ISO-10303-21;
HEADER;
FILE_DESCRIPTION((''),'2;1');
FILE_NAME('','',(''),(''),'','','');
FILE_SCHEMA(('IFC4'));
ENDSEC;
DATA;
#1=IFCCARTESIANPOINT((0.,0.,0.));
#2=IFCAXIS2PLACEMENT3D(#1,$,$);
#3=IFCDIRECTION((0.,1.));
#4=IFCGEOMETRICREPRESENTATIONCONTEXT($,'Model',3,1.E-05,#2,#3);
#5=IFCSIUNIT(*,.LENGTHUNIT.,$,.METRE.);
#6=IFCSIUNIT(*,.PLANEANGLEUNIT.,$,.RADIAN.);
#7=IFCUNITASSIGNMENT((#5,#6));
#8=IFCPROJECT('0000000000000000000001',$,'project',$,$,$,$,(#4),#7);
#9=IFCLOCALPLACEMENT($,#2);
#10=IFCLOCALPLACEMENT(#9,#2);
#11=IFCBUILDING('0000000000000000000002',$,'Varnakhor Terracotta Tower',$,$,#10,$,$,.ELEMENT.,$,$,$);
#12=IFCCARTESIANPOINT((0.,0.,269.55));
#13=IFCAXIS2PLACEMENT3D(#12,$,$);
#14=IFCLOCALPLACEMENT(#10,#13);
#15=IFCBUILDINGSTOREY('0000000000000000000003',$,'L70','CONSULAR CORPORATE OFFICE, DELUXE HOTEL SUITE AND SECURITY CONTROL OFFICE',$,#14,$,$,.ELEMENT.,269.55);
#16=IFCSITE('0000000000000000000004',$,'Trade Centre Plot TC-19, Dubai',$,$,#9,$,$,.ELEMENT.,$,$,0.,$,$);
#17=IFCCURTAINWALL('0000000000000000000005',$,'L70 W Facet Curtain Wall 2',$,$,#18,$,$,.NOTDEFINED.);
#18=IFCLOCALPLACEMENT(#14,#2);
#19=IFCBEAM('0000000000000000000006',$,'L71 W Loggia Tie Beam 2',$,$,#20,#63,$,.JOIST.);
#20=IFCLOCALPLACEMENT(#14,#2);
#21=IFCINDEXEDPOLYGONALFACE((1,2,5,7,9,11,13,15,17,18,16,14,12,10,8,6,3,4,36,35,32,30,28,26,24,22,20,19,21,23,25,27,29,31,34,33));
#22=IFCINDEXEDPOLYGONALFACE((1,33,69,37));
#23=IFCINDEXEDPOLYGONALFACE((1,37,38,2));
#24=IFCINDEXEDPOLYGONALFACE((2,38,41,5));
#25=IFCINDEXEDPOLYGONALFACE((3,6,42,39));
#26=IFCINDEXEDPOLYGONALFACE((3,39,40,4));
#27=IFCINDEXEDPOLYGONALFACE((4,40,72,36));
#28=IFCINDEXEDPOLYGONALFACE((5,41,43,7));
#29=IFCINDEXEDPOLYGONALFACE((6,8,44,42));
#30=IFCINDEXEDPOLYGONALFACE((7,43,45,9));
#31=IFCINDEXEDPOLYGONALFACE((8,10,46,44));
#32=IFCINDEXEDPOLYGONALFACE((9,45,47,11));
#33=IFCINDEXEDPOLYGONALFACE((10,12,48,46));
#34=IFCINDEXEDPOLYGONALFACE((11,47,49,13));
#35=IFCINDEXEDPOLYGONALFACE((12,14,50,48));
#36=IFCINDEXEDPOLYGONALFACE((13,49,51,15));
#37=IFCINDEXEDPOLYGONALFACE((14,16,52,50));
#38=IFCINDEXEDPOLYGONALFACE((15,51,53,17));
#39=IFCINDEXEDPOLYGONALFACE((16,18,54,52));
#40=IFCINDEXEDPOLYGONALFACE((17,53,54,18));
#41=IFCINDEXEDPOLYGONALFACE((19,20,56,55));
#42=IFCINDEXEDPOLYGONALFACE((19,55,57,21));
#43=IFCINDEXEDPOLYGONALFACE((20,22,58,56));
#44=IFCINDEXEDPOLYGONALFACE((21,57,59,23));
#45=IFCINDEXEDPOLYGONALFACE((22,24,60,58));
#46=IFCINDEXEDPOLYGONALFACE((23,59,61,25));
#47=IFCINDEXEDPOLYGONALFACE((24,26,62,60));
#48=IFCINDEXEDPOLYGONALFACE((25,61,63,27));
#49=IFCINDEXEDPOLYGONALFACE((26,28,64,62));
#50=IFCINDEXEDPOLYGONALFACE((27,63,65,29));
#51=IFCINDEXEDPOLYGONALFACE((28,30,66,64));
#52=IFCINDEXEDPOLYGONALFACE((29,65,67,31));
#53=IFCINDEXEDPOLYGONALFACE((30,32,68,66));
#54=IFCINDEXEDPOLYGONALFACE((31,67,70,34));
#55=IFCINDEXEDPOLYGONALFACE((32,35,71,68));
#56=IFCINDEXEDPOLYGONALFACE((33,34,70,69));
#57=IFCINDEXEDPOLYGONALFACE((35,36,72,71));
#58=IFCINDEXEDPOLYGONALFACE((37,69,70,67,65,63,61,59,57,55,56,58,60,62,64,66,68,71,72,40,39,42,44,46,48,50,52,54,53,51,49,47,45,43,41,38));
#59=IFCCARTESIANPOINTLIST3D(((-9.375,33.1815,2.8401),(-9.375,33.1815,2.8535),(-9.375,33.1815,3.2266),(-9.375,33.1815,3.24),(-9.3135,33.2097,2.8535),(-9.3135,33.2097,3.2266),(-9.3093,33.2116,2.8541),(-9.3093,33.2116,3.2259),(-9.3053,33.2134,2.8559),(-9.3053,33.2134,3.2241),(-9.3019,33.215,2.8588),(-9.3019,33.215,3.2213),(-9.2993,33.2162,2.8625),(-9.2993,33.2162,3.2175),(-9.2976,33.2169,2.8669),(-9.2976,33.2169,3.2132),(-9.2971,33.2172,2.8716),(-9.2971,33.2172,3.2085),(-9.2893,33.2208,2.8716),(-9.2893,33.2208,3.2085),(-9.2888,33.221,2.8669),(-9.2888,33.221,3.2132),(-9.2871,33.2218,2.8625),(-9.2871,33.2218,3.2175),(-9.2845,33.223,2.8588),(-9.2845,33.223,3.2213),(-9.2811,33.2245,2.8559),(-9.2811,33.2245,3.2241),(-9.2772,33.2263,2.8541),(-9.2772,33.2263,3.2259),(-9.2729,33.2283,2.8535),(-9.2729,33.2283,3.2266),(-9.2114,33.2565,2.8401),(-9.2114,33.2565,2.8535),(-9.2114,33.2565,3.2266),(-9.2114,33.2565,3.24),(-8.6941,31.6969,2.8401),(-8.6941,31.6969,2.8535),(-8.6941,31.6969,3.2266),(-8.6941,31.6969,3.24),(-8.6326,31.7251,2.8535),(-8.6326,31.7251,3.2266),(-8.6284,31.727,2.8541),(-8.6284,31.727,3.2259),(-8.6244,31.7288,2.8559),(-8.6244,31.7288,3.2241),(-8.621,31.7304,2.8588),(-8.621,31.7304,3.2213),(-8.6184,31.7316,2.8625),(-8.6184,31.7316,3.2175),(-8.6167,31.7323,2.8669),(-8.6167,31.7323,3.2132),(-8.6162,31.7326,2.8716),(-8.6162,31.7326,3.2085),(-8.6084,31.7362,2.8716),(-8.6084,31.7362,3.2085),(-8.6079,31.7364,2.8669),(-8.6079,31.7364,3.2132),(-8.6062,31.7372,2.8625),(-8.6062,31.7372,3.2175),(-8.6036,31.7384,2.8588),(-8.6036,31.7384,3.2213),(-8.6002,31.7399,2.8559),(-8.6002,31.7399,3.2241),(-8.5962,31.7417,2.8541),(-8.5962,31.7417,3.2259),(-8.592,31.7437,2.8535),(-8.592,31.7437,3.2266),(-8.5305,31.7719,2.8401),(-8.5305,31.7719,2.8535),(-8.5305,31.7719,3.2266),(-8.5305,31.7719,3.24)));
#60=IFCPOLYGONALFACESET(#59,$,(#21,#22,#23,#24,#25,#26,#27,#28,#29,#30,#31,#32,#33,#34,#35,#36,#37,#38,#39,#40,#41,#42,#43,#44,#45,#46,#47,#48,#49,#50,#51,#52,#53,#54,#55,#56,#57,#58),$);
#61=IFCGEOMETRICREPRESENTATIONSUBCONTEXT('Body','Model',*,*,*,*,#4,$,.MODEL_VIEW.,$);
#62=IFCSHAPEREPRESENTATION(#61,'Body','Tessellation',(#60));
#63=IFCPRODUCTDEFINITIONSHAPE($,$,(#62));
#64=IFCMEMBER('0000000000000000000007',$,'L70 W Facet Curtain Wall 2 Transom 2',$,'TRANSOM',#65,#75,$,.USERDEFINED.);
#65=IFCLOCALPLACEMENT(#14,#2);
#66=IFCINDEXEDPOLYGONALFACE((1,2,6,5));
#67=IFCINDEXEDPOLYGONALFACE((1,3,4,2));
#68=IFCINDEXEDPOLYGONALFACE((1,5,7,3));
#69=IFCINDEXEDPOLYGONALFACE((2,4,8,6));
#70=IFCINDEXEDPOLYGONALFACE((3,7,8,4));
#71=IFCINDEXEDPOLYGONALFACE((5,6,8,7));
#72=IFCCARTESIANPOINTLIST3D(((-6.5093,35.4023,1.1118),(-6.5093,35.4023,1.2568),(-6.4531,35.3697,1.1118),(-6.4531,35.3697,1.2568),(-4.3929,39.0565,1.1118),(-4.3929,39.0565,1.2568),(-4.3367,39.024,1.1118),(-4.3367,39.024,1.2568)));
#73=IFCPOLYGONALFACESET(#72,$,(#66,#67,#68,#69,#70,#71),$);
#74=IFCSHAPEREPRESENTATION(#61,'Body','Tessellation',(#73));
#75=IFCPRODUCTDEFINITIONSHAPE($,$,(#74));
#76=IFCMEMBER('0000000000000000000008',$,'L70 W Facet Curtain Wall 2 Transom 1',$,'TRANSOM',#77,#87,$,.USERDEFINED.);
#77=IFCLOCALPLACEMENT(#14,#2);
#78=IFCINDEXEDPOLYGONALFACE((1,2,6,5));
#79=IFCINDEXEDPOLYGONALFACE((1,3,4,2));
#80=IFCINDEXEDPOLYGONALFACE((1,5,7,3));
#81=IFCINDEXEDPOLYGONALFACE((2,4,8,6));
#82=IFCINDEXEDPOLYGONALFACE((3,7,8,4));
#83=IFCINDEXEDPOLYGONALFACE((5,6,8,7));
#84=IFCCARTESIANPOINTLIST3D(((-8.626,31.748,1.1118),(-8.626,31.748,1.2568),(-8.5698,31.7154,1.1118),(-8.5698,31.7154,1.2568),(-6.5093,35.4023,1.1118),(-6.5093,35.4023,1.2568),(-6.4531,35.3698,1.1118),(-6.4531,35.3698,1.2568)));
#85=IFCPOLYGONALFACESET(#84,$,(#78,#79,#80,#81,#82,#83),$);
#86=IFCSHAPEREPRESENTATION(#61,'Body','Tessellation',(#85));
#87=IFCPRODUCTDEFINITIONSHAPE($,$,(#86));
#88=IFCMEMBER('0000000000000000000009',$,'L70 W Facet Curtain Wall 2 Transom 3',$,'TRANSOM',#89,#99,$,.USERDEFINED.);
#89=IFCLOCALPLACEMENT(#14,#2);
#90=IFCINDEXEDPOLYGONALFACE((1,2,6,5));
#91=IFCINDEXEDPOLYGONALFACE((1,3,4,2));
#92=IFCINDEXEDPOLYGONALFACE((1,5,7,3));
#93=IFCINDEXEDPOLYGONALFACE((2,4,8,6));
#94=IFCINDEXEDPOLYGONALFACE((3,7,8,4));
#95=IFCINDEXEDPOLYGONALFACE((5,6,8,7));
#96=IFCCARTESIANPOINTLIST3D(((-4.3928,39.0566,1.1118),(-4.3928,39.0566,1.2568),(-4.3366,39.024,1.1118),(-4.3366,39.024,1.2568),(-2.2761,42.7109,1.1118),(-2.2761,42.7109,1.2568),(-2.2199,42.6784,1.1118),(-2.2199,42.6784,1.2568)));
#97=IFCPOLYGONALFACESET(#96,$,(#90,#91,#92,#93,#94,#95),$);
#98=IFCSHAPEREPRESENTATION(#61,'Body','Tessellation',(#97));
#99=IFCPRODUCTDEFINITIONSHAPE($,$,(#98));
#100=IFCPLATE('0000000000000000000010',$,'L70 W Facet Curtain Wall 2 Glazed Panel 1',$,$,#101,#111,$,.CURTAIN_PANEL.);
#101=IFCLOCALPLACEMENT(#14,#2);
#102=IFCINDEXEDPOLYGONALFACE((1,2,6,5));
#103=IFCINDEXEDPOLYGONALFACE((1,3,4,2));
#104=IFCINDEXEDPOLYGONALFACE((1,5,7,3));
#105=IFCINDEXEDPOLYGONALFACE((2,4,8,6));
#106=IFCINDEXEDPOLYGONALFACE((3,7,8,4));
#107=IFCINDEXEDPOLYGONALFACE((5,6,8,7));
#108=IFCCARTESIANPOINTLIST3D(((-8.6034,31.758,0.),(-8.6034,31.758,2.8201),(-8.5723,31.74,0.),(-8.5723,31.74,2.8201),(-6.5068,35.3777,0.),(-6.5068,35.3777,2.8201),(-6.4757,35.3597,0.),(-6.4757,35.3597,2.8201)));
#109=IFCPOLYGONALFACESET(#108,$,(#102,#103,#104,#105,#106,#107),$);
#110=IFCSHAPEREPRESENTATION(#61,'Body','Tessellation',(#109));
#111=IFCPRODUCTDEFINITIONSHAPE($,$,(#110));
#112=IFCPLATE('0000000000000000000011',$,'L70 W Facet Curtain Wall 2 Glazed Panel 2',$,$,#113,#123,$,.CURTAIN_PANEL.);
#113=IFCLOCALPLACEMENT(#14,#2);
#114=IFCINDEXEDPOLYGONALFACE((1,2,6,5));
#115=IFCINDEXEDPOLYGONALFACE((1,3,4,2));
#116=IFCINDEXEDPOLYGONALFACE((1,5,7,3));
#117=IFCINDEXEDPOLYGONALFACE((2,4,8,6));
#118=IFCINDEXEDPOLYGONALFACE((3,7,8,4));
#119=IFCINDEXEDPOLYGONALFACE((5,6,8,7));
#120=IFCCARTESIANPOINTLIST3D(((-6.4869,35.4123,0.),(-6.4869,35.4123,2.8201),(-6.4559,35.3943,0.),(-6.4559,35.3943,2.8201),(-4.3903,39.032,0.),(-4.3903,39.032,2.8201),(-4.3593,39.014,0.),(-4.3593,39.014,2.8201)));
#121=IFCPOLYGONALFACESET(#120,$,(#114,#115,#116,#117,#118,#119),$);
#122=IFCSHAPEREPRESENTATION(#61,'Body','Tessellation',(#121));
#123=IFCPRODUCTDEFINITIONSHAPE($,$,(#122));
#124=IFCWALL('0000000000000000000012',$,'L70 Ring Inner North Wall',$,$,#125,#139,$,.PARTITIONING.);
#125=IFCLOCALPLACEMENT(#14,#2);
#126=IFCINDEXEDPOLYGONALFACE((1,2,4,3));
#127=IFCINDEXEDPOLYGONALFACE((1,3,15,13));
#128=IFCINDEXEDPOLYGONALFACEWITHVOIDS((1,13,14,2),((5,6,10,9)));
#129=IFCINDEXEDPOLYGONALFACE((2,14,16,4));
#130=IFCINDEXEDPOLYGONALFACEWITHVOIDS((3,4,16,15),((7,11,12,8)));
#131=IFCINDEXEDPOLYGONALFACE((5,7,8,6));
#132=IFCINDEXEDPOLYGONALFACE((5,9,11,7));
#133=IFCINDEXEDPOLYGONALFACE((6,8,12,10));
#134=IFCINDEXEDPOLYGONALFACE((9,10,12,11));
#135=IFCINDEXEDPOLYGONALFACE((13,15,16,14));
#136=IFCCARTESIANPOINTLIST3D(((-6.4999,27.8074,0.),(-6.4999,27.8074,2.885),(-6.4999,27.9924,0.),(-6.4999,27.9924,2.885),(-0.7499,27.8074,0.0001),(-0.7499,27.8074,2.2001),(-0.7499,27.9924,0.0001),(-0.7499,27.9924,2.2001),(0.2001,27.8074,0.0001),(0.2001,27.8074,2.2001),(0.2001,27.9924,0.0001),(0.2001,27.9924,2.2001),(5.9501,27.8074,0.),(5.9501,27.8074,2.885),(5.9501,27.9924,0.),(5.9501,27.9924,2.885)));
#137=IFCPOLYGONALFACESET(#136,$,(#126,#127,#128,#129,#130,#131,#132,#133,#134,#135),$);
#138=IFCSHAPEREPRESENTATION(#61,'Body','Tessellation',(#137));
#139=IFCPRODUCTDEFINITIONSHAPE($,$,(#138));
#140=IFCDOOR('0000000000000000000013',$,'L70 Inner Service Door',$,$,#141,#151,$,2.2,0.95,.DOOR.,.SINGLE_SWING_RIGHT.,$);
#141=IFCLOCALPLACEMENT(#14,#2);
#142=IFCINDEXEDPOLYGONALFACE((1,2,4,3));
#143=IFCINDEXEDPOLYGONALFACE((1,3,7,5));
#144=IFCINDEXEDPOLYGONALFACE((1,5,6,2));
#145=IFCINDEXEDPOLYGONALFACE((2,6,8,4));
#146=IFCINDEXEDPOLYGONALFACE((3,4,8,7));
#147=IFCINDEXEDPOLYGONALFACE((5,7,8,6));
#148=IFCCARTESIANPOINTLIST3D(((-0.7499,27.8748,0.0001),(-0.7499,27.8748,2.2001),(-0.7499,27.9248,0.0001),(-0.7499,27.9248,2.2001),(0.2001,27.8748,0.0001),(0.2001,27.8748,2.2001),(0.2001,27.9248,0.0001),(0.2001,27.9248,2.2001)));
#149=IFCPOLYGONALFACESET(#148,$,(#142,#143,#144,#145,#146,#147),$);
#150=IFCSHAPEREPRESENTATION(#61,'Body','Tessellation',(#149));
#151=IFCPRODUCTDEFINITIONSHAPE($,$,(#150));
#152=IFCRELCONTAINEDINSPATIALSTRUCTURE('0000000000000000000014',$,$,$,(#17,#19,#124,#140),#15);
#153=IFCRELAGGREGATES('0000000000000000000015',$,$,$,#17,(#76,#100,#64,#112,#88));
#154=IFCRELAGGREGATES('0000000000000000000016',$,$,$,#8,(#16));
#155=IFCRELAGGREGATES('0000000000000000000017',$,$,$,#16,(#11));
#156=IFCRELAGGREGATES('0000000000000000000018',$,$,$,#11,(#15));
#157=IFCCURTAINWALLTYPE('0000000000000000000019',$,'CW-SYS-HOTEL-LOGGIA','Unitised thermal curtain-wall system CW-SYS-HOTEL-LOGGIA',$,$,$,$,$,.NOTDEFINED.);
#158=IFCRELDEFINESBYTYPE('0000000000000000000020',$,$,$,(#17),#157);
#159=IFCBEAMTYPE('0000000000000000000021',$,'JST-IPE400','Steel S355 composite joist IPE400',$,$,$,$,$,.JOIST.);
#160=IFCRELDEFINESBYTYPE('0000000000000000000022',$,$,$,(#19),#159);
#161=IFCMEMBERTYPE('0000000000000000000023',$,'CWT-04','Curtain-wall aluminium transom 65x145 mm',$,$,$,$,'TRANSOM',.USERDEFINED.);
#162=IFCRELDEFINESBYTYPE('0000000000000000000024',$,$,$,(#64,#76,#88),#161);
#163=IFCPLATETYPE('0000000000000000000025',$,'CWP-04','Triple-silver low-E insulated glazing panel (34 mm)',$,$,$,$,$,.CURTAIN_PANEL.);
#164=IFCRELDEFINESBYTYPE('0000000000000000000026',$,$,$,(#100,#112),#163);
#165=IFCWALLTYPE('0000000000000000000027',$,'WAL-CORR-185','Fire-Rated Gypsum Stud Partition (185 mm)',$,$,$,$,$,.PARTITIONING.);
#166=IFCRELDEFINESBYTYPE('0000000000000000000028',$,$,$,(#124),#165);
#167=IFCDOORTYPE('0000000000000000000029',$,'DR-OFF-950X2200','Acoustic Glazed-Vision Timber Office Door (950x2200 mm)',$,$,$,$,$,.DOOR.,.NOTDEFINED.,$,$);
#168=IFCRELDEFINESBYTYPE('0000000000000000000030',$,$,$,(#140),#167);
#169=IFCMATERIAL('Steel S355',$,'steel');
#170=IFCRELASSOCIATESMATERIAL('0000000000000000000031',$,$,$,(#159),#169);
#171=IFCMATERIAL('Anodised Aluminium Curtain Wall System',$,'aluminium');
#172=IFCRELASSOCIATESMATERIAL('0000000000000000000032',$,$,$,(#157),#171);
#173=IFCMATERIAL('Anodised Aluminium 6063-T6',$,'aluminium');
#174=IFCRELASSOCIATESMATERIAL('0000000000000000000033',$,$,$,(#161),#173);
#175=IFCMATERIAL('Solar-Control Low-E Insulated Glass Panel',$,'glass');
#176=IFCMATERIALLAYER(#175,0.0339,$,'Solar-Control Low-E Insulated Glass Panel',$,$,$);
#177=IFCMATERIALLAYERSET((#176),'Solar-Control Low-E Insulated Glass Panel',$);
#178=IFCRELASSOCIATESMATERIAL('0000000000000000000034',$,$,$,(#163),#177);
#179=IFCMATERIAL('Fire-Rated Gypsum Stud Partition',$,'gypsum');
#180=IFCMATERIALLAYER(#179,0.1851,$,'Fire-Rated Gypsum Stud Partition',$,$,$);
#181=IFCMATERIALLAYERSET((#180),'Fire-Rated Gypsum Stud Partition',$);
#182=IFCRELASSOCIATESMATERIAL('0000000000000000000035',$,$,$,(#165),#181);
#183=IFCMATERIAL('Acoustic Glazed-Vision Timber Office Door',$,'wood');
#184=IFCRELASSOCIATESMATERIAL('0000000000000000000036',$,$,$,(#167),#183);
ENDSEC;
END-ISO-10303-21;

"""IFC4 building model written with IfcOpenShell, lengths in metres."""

from ifc_helpers import new_model, si_unit, direction, frame, frame_2d, origin, origin_2d, place, context, subcontext, project, spatial, rectangle, i_section, extrude, source, transform, mapped, material, layer, layer_set, material_profile, profile_set, type_object, type_shapes, element, fill, aggregate, save


model = new_model("IFC4")

# Units and contexts
model_context = context("Model", 3, precision=1e-05, world=origin(), true_north=direction((0.0, 1.0)))
body_context = subcontext(model_context, "Body", "Model", "MODEL_VIEW")
ifc_project = project(units=[si_unit("LENGTHUNIT", "METRE"), si_unit("PLANEANGLEUNIT", "RADIAN")], contexts=[model_context])

# Site, building, storey
site_placement = place(None, origin())
site = spatial("IfcSite", under=ifc_project, at=site_placement, Name="Trade Centre Plot TC-19, Dubai", CompositionType="ELEMENT", RefElevation=0.0)
building_placement = place(site_placement, origin())
building = spatial("IfcBuilding", under=site, at=building_placement, Name="Varnakhor Terracotta Tower", CompositionType="ELEMENT")
storey_placement = place(building_placement, frame((0.0, 0.0, 269.55)))
storey = spatial("IfcBuildingStorey", under=building, at=storey_placement, Name="L70", Description="CONSULAR CORPORATE OFFICE, DELUXE HOTEL SUITE AND SECURITY CONTROL OFFICE", CompositionType="ELEMENT", Elevation=269.55)

# Shared definitions
ifc_material_1 = material(Name="Steel S355", Category="steel")
ifc_material_profile_1 = material_profile(ifc_material_1, i_section(OverallWidth=0.1799, OverallDepth=0.3999, WebThickness=0.0085, FlangeThickness=0.0134, FilletRadius=0.0181, at=origin_2d()), Name="IPE400")
ifc_profile_set_1 = profile_set([ifc_material_profile_1], Name="Steel S355")
beam_type_1 = type_object("IfcBeamType", Name="JST-IPE400", Description="Steel S355 composite joist IPE400", PredefinedType="JOIST", material=ifc_profile_set_1)

# Curtain wall
ifc_material_2 = material(Name="Anodised Aluminium Curtain Wall System", Category="aluminium")
curtain_wall_type = type_object("IfcCurtainWallType", Name="CW-SYS-HOTEL-LOGGIA", Description="Unitised thermal curtain-wall system CW-SYS-HOTEL-LOGGIA", PredefinedType="NOTDEFINED", material=ifc_material_2)
curtain_wall_placement = place(storey_placement, origin())
curtain_wall = element("IfcCurtainWall", 1, at=curtain_wall_placement, inside=storey, type_object=curtain_wall_type, Name="L70 W Facet Curtain Wall 2", PredefinedType="NOTDEFINED")
ifc_material_3 = material(Name="Anodised Aluminium 6063-T6", Category="aluminium")

# Beam
shared_shape_1 = source(origin(), body_context, "Body", "SweptSolid", [
    extrude(i_section(OverallWidth=0.1799, OverallDepth=0.3999, WebThickness=0.0085, FlangeThickness=0.0134, FilletRadius=0.0181, at=origin_2d()), origin(), (0.0, 0.0, 1.0), 1.6333),
])
beam_1_placement = place(storey_placement, frame((-8.6123, 31.7344, 3.04), z_axis=(-0.416886, 0.908959, 0.0), x_axis=(-0.908959, -0.416886, 0.0)))
element("IfcBeam", 2, at=beam_1_placement, inside=storey, type_object=beam_type_1, Name="L71 W Loggia Tie Beam 2", PredefinedType="JOIST", context=body_context, shape_type="MappedRepresentation", body=[
    mapped(shared_shape_1, transform((0.0, 0.0, 0.0), scale=1.0)),
])

# Members
ifc_material_profile_2 = material_profile(ifc_material_3, rectangle(XDim=0.0649, YDim=0.145, at=origin_2d()), Name="ALU TRANSOM 65x145")
ifc_profile_set_2 = profile_set([ifc_material_profile_2], Name="Anodised Aluminium 6063-T6")
member_type_1 = type_object("IfcMemberType", Name="CWT-04", Description="Curtain-wall aluminium transom 65x145 mm", ElementType="TRANSOM", PredefinedType="USERDEFINED", material=ifc_profile_set_2)
shared_shape_2 = source(origin(), body_context, "Body", "SweptSolid", [
    extrude(rectangle(XDim=0.0649, YDim=0.145, at=origin_2d()), origin(), (0.0, 0.0, 1.0), 4.2229),
])
member_1_placement = place(storey_placement, frame((-6.4812, 35.386, 1.1843), z_axis=(0.50118, 0.865343, 0.0), x_axis=(-0.865343, 0.50118, 0.0)))
member_1 = element("IfcMember", 3, at=member_1_placement, type_object=member_type_1, Name="L70 W Facet Curtain Wall 2 Transom 2", ObjectType="TRANSOM", PredefinedType="USERDEFINED", context=body_context, shape_type="MappedRepresentation", body=[
    mapped(shared_shape_2, transform((0.0, 0.0, 0.0), scale=1.0)),
])
shared_shape_3 = source(origin(), body_context, "Body", "SweptSolid", [
    extrude(rectangle(XDim=0.0649, YDim=0.145, at=origin_2d()), origin(), (0.0, 0.0, 1.0), 4.2231),
])
member_2_placement = place(storey_placement, frame((-8.5979, 31.7317, 1.1843), z_axis=(0.501223, 0.865318, 0.0), x_axis=(-0.865318, 0.501223, 0.0)))
member_2 = element("IfcMember", 4, at=member_2_placement, type_object=member_type_1, Name="L70 W Facet Curtain Wall 2 Transom 1", ObjectType="TRANSOM", PredefinedType="USERDEFINED", context=body_context, shape_type="MappedRepresentation", body=[
    mapped(shared_shape_3, transform((0.0, 0.0, 0.0), scale=1.0)),
])
member_3_placement = place(storey_placement, frame((-4.3647, 39.0403, 1.1843), z_axis=(0.501223, 0.865318, 0.0), x_axis=(-0.865318, 0.501223, 0.0)))
member_3 = element("IfcMember", 5, at=member_3_placement, type_object=member_type_1, Name="L70 W Facet Curtain Wall 2 Transom 3", ObjectType="TRANSOM", PredefinedType="USERDEFINED", context=body_context, shape_type="MappedRepresentation", body=[
    mapped(shared_shape_3, transform((0.0, 0.0, 0.0), scale=1.0)),
])

# Plates
ifc_material_4 = material(Name="Solar-Control Low-E Insulated Glass Panel", Category="glass")
ifc_layer_1 = layer(ifc_material_4, 0.0339, Name="Solar-Control Low-E Insulated Glass Panel")
ifc_layer_set_1 = layer_set([ifc_layer_1], Name="Solar-Control Low-E Insulated Glass Panel")
plate_type = type_object("IfcPlateType", Name="CWP-04", Description="Triple-silver low-E insulated glazing panel (34 mm)", PredefinedType="CURTAIN_PANEL", material=ifc_layer_set_1)
shared_shape_4 = source(origin(), body_context, "Body", "SweptSolid", [
    extrude(rectangle(XDim=4.1831, YDim=0.0359, at=origin_2d()), origin(), (0.0, 0.0, 1.0), 2.8201),
])
plate_1_placement = place(storey_placement, frame((-7.5396, 33.5588, 0.0), z_axis=(0.0, 0.0, 1.0), x_axis=(0.501209, 0.865326, 0.0)))
plate_1 = element("IfcPlate", 6, at=plate_1_placement, type_object=plate_type, Name="L70 W Facet Curtain Wall 2 Glazed Panel 1", PredefinedType="CURTAIN_PANEL", context=body_context, shape_type="MappedRepresentation", body=[
    mapped(shared_shape_4, transform((0.0, 0.0, 0.0), scale=1.0)),
])
plate_2_placement = place(storey_placement, frame((-5.4231, 37.2131, 0.0), z_axis=(0.0, 0.0, 1.0), x_axis=(0.501209, 0.865326, 0.0)))
plate_2 = element("IfcPlate", 7, at=plate_2_placement, type_object=plate_type, Name="L70 W Facet Curtain Wall 2 Glazed Panel 2", PredefinedType="CURTAIN_PANEL", context=body_context, shape_type="MappedRepresentation", body=[
    mapped(shared_shape_4, transform((0.0, 0.0, 0.0), scale=1.0)),
])
aggregate(curtain_wall, [member_2, plate_1, member_1, plate_2, member_3])

# Wall, opening, door
ifc_material_5 = material(Name="Fire-Rated Gypsum Stud Partition", Category="gypsum")
ifc_layer_2 = layer(ifc_material_5, 0.1851, Name="Fire-Rated Gypsum Stud Partition")
ifc_layer_set_2 = layer_set([ifc_layer_2], Name="Fire-Rated Gypsum Stud Partition")
wall_type_1 = type_object("IfcWallType", Name="WAL-CORR-185", Description="Fire-Rated Gypsum Stud Partition (185 mm)", PredefinedType="PARTITIONING", material=ifc_layer_set_2)
wall_1_placement = place(storey_placement, frame((-6.5, 27.8999, 0.0), z_axis=(0.0, 0.0, 1.0), x_axis=(1.0, 0.0, 0.0)))
wall_1 = element("IfcWall", 8, at=wall_1_placement, inside=storey, type_object=wall_type_1, Name="L70 Ring Inner North Wall", PredefinedType="PARTITIONING", context=body_context, shape_type="SweptSolid", body=[
    extrude(rectangle(XDim=12.45, YDim=0.1851, at=frame_2d((6.2251, 0.0))), origin(), (0.0, 0.0, 1.0), 2.885),
])
opening_1_placement = place(wall_1_placement, frame((5.75, 0.0, 0.0)))
opening_1 = element("IfcOpeningElement", 9, at=opening_1_placement, cuts=wall_1, PredefinedType="OPENING", context=body_context, shape_type="SweptSolid", body=[
    extrude(rectangle(XDim=0.95, YDim=2.2, at=frame_2d((0.4751, 1.1001))), frame((0.0, 0.1025, 0.0), z_axis=(0.0, -1.0, 0.0), x_axis=(1.0, 0.0, 0.0)), (0.0, 0.0, 1.0), 0.2051),
])
ifc_material_6 = material(Name="Acoustic Glazed-Vision Timber Office Door", Category="wood")
door_type_1 = type_object("IfcDoorType", Name="DR-OFF-950X2200", Description="Acoustic Glazed-Vision Timber Office Door (950x2200 mm)", OperationType="NOTDEFINED", PredefinedType="DOOR", material=ifc_material_6)
shared_shape_5 = source(origin(), body_context, "Body", "SweptSolid", [
    extrude(rectangle(XDim=0.95, YDim=2.2, at=frame_2d((0.4751, 1.1001))), frame((0.0, 0.0249, 0.0), z_axis=(0.0, -1.0, 0.0), x_axis=(1.0, 0.0, 0.0)), (0.0, 0.0, 1.0), 0.05),
])
type_shapes(door_type_1, [shared_shape_5])
door_1_placement = place(opening_1_placement, origin())
door_1 = element("IfcDoor", 10, at=door_1_placement, inside=storey, type_object=door_type_1, Name="L70 Inner Service Door", OperationType="SINGLE_SWING_RIGHT", OverallHeight=2.2, OverallWidth=0.95, PredefinedType="DOOR", context=body_context, shape_type="MappedRepresentation", body=[
    mapped(shared_shape_5, transform((0.0, 0.0, 0.0), scale=1.0)),
])
fill(opening_1, door_1)

save(model, "model.ifc")
